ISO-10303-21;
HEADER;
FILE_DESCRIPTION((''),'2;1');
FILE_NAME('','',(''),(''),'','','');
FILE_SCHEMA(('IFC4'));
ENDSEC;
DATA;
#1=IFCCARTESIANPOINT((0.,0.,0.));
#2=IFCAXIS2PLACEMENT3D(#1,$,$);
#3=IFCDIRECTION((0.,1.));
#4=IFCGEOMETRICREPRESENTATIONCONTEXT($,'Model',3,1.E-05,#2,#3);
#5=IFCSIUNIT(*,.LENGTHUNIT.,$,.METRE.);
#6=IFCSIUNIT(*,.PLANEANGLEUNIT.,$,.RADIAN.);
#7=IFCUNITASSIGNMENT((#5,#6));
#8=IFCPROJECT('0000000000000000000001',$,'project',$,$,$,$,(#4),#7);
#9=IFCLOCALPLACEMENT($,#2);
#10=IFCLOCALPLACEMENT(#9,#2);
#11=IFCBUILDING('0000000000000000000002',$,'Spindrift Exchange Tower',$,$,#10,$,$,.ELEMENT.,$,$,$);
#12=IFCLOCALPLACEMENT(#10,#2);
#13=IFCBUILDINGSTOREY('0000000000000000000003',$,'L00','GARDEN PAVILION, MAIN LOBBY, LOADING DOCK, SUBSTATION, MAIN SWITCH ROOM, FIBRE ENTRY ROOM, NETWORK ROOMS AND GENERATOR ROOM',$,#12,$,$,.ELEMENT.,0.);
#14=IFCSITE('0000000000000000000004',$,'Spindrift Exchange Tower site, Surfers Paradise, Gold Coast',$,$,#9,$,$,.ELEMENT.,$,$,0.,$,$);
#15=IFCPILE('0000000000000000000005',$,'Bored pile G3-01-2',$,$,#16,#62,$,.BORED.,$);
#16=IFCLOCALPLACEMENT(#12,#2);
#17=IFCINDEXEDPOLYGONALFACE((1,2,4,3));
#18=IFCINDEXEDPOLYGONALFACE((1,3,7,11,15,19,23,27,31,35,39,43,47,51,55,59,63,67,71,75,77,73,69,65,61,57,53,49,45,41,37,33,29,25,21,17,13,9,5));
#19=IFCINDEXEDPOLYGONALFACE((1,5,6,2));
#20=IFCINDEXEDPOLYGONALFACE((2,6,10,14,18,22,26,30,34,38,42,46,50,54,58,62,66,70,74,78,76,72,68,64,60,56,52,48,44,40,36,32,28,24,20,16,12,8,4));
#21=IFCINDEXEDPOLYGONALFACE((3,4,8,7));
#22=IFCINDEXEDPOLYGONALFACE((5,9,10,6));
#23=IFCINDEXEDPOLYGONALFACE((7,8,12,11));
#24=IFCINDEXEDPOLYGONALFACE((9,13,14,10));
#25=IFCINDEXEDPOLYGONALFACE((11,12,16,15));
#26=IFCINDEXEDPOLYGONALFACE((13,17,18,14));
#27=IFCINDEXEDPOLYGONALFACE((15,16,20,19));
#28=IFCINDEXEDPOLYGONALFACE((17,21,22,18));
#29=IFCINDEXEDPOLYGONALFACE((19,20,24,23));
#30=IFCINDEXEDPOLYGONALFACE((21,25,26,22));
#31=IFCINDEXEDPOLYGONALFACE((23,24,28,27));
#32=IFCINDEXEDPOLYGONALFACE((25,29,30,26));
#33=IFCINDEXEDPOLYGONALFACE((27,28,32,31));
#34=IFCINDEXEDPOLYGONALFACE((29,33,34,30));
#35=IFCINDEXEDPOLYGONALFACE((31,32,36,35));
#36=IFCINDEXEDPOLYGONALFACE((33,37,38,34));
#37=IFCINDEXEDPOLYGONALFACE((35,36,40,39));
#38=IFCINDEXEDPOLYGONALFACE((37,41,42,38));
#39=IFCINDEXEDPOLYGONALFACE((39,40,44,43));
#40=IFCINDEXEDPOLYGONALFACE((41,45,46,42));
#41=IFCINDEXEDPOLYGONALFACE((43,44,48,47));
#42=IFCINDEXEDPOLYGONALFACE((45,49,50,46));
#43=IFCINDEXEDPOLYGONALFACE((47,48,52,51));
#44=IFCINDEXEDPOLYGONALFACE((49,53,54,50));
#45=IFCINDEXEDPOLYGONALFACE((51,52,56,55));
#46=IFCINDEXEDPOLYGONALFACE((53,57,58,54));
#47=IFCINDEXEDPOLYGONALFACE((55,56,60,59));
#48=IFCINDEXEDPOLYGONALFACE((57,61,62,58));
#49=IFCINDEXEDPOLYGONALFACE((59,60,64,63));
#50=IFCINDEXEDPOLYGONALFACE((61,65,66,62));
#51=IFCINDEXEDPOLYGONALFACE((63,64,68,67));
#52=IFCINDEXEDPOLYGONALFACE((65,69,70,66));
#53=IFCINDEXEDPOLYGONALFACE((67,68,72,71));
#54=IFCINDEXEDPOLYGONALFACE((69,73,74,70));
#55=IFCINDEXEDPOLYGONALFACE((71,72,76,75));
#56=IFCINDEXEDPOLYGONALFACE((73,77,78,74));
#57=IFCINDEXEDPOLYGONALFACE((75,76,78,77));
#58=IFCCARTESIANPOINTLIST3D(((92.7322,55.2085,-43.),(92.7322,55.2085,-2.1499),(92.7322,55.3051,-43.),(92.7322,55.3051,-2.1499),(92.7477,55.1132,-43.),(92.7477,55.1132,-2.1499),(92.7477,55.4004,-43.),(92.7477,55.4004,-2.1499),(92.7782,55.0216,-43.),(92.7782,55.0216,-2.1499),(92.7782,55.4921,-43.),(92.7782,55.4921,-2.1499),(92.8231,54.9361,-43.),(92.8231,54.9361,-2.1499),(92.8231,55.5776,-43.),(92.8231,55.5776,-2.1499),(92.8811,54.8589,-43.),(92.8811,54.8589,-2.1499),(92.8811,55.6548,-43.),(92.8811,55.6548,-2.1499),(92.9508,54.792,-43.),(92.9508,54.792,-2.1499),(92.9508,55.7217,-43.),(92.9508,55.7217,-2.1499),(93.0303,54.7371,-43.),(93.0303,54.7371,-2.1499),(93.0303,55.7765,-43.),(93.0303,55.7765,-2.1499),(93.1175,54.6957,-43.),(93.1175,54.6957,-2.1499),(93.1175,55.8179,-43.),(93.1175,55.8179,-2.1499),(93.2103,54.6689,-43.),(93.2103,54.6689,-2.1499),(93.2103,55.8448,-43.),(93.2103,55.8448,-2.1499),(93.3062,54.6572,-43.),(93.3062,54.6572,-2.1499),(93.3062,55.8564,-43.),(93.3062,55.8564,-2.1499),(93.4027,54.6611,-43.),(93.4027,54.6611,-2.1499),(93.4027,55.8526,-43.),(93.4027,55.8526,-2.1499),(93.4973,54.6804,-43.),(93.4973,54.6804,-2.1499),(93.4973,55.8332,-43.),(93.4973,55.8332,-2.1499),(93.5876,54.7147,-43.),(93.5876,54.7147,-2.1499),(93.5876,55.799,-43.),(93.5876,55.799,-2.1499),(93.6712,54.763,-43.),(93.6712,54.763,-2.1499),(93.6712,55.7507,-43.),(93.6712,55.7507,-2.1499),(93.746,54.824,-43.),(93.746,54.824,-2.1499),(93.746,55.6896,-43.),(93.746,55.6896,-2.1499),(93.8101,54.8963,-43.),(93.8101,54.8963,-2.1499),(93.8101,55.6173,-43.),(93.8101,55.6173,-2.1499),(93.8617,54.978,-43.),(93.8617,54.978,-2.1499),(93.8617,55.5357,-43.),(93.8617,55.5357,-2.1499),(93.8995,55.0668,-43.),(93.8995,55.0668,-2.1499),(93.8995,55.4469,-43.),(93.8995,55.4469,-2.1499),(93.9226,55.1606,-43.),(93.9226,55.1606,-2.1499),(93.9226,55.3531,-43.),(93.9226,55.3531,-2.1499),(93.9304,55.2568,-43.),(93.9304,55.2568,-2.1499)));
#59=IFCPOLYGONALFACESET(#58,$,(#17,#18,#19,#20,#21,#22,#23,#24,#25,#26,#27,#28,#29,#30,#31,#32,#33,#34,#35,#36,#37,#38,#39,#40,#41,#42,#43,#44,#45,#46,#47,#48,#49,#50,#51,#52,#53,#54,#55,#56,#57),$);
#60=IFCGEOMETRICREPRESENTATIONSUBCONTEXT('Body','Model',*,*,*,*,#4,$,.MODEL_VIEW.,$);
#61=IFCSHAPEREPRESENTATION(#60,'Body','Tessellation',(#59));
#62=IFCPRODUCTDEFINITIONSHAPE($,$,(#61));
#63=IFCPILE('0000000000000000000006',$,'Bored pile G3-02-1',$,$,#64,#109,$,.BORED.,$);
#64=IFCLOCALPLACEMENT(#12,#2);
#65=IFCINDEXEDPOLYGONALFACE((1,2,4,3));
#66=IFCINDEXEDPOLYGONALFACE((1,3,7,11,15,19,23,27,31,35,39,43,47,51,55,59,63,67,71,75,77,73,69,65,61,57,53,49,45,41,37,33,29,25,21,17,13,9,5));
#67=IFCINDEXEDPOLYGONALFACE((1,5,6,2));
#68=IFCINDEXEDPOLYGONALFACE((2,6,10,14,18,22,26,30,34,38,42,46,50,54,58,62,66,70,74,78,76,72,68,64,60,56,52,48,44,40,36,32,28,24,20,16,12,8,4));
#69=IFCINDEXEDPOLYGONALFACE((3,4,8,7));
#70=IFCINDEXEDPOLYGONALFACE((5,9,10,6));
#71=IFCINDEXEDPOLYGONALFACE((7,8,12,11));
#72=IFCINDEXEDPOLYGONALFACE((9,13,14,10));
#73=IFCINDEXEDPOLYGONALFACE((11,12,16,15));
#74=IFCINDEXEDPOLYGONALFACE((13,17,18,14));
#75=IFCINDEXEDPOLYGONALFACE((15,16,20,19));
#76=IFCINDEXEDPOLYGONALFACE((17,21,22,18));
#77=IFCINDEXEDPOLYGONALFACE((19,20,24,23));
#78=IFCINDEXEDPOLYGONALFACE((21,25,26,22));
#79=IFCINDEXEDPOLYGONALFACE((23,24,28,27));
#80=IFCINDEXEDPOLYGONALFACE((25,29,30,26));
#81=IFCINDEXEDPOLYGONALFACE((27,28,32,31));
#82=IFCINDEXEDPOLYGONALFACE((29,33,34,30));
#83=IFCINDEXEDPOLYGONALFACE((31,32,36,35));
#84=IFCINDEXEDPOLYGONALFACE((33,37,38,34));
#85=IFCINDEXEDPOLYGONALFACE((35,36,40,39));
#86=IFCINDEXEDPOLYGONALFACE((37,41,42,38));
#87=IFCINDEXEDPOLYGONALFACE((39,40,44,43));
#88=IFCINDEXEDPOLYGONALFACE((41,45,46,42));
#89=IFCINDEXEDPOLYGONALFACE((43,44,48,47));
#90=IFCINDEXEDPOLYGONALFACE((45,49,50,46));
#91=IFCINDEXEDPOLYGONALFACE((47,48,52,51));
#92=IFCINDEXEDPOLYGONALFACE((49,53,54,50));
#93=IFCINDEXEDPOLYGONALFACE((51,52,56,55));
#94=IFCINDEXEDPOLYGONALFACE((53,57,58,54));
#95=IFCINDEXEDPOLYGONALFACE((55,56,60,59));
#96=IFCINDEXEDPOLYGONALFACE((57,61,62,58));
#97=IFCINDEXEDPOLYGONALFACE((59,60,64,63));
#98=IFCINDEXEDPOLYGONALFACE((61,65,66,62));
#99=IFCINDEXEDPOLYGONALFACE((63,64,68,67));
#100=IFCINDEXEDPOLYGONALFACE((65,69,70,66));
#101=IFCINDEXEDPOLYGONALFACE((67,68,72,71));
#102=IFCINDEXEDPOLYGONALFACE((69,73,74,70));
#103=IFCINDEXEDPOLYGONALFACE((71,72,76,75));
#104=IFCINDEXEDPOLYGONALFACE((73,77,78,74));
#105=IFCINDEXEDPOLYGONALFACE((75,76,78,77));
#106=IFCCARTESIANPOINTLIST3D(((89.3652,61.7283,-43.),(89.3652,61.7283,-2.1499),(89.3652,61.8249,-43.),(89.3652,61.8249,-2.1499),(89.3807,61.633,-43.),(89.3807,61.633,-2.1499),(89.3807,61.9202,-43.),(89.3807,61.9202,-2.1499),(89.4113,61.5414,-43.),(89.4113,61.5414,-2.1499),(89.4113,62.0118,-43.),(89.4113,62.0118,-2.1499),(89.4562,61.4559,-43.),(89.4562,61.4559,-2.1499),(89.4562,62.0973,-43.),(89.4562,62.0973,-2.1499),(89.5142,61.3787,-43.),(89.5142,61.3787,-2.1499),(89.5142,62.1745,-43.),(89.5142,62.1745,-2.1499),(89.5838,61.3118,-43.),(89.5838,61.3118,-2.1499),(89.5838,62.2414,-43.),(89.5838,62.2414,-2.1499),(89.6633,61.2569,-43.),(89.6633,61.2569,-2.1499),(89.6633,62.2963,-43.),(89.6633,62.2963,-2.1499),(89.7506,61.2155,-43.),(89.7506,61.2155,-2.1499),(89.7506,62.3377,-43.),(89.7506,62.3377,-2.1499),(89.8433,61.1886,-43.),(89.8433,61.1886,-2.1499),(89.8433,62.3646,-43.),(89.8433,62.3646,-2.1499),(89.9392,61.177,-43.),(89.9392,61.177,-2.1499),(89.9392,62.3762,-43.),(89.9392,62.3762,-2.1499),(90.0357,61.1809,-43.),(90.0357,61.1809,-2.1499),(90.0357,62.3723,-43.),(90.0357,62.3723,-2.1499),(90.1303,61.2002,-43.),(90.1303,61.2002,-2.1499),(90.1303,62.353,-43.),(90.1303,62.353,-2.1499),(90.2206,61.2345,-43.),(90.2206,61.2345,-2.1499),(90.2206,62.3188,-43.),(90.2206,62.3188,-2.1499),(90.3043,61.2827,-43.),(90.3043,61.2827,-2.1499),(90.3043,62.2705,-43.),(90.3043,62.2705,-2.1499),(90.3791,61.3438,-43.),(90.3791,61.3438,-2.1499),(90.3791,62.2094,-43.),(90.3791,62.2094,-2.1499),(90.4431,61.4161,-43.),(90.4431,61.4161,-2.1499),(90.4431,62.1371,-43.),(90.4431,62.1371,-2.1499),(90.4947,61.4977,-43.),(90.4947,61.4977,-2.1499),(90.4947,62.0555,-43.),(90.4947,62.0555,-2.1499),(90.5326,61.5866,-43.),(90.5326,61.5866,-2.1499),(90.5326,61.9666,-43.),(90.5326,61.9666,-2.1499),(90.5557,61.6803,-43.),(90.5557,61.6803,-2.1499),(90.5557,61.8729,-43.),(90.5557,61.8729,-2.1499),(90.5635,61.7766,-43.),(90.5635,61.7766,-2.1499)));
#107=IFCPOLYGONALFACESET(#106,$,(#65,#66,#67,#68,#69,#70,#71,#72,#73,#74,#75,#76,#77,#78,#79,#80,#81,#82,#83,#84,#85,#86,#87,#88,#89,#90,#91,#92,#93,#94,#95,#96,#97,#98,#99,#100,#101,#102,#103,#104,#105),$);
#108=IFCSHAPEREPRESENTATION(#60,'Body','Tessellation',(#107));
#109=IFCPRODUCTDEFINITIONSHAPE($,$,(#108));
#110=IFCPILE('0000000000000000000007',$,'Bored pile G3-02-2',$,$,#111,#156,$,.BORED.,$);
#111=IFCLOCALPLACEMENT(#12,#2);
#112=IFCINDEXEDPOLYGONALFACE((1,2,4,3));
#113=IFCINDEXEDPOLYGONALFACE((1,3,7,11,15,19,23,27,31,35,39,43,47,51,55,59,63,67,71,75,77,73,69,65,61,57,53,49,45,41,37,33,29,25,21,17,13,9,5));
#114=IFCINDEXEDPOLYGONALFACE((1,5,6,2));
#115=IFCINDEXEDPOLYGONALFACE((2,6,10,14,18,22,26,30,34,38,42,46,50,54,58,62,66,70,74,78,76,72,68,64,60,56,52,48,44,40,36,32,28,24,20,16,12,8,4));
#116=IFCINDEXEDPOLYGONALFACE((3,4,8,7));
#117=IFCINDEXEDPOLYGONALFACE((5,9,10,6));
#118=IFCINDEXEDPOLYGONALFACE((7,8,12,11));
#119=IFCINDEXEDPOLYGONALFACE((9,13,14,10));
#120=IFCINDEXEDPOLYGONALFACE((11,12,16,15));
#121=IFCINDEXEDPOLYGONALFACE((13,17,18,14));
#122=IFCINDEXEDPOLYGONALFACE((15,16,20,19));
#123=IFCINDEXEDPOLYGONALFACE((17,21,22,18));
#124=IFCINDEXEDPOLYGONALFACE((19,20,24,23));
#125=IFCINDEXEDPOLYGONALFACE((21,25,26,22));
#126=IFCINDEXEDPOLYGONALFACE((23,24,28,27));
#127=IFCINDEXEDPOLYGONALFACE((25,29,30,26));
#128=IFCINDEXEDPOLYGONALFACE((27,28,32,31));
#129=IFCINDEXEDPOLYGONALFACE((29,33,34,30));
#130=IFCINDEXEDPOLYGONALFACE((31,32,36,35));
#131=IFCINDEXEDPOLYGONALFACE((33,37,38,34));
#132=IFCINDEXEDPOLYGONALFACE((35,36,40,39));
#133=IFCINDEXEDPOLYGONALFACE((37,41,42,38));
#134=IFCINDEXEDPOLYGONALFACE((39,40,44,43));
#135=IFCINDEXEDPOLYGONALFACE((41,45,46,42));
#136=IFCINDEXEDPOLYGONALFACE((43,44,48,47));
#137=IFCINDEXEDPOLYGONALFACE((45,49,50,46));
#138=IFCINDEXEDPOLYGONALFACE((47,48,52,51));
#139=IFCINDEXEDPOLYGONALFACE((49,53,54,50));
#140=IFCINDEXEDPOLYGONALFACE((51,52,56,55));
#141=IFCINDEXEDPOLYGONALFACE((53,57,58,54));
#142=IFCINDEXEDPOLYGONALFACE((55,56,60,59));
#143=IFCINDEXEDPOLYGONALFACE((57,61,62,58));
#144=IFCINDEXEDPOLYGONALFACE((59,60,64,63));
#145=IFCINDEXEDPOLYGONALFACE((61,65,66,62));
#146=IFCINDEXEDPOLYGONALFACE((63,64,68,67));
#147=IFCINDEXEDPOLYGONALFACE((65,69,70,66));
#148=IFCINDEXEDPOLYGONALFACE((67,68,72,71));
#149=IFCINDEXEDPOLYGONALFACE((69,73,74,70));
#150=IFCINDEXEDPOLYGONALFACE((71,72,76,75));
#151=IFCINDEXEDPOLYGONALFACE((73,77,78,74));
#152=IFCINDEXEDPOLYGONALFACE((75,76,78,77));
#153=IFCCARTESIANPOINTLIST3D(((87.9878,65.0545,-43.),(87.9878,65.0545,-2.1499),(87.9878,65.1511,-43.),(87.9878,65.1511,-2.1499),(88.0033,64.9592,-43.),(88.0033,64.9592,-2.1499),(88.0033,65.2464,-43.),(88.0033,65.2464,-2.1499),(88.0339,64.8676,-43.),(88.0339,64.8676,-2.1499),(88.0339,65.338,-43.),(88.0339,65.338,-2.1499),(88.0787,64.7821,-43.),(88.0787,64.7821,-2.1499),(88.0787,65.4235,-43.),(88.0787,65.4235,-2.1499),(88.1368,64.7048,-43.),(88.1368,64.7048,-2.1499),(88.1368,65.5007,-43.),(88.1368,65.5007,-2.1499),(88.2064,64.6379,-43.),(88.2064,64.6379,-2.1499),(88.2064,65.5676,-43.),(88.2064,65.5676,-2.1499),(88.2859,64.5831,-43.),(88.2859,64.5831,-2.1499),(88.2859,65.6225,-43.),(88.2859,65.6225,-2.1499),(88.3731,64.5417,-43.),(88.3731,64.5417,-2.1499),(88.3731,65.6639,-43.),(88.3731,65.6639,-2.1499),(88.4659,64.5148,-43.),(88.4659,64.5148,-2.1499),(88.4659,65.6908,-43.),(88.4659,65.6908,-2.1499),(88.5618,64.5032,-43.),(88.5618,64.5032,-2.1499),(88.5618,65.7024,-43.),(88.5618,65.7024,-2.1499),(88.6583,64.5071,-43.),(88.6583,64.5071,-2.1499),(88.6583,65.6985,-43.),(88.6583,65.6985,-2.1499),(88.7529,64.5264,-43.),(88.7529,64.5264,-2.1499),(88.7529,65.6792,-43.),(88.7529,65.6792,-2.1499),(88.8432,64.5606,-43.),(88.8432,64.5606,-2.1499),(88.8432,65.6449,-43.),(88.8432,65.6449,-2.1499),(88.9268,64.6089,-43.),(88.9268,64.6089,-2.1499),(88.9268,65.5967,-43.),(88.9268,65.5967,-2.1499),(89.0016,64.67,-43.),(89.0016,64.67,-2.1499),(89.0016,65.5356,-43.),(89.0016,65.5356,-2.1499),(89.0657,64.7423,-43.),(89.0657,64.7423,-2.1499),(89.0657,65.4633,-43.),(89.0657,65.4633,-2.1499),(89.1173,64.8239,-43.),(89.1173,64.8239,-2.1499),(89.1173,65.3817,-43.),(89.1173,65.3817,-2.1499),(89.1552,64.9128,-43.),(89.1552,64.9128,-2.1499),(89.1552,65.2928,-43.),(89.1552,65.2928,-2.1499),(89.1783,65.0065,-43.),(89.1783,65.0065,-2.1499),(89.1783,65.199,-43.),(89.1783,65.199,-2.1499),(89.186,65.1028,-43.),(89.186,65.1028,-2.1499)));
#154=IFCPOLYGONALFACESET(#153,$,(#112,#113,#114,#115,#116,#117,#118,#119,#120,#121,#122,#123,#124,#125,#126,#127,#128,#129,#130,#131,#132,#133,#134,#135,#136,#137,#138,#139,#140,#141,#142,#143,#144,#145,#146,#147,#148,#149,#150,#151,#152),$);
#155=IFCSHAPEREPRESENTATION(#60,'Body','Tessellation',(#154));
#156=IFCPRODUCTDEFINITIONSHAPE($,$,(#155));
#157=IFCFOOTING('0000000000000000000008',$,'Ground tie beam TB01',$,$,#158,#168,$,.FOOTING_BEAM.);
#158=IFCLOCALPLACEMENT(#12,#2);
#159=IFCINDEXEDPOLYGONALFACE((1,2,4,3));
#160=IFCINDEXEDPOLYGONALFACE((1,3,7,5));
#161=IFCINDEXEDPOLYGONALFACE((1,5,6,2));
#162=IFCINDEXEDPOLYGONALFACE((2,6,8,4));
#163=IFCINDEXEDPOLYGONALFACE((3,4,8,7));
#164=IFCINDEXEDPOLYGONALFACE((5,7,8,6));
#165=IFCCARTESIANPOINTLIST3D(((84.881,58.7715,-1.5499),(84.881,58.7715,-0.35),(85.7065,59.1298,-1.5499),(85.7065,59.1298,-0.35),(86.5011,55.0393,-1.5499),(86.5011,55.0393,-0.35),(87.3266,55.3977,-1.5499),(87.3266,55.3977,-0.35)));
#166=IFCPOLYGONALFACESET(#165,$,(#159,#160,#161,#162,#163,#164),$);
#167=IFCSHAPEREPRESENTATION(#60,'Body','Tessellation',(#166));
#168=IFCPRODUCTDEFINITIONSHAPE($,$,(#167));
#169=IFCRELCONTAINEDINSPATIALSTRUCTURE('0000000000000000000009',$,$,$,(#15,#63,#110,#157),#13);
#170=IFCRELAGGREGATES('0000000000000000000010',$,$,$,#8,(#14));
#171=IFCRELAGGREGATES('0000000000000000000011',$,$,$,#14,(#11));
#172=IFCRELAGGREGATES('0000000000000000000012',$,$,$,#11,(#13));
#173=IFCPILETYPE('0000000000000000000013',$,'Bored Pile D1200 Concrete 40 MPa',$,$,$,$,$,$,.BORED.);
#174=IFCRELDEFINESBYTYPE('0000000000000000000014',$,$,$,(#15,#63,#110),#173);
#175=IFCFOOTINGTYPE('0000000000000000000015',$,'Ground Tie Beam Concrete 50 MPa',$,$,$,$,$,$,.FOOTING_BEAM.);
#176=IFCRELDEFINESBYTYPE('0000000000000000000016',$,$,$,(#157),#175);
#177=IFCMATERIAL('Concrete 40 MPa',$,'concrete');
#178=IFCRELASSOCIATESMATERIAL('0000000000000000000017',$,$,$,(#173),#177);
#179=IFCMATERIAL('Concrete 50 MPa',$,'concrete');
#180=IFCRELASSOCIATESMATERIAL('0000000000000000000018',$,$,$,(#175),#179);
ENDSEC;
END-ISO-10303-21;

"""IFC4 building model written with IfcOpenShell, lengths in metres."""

from ifc_helpers import new_model, si_unit, direction, frame, origin, origin_2d, place, context, subcontext, project, spatial, rectangle, circle, extrude, source, transform, mapped, material, material_profile, profile_set, type_object, element, save


model = new_model("IFC4")

# Units and contexts
model_context = context("Model", 3, precision=1e-05, world=origin(), true_north=direction((0.0, 1.0)))
body_context = subcontext(model_context, "Body", "Model", "MODEL_VIEW")
ifc_project = project(units=[si_unit("LENGTHUNIT", "METRE"), si_unit("PLANEANGLEUNIT", "RADIAN")], contexts=[model_context])

# Site, building, storey
site_placement = place(None, origin())
site = spatial("IfcSite", under=ifc_project, at=site_placement, Name="Spindrift Exchange Tower site, Surfers Paradise, Gold Coast", CompositionType="ELEMENT", RefElevation=0.0)
building_placement = place(site_placement, origin())
building = spatial("IfcBuilding", under=site, at=building_placement, Name="Spindrift Exchange Tower", CompositionType="ELEMENT")
storey_placement = place(building_placement, origin())
storey = spatial("IfcBuildingStorey", under=building, at=storey_placement, Name="L00", Description="GARDEN PAVILION, MAIN LOBBY, LOADING DOCK, SUBSTATION, MAIN SWITCH ROOM, FIBRE ENTRY ROOM, NETWORK ROOMS AND GENERATOR ROOM", CompositionType="ELEMENT", Elevation=0.0)

# Piles
ifc_material_1 = material(Name="Concrete 40 MPa", Category="concrete")
ifc_material_profile_1 = material_profile(ifc_material_1, circle(Radius=0.6001, at=origin_2d()), Name="BP D1200")
ifc_profile_set_1 = profile_set([ifc_material_profile_1], Name="Concrete 40 MPa")
pile_type = type_object("IfcPileType", Name="Bored Pile D1200 Concrete 40 MPa", PredefinedType="BORED", material=ifc_profile_set_1)
shared_shape_1 = source(origin(), body_context, "Body", "SweptSolid", [
    extrude(circle(Radius=0.6001, at=origin_2d()), origin(), (0.0, 0.0, 1.0), 40.8501),
])
for number, where, z_axis, x_axis, name in (
    (1, (93.3303, 55.2568, -2.1499), (0.0, 0.0, -1.0), (1.0, 0.0, 0.0), "Bored pile G3-01-2"),
    (2, (89.9634, 61.7766, -2.1499), (0.0, 0.0, -1.0), (1.0, 0.0, 0.0), "Bored pile G3-02-1"),
    (3, (88.5859, 65.1028, -2.1499), (0.0, 0.0, -1.0), (1.0, 0.0, 0.0), "Bored pile G3-02-2"),
):
    element("IfcPile", number, at=place(storey_placement, frame(where, z_axis=z_axis, x_axis=x_axis)), inside=storey, type_object=pile_type, Name=name, PredefinedType="BORED", context=body_context, shape_type="MappedRepresentation", body=[
        mapped(shared_shape_1, transform((0.0, 0.0, 0.0), scale=1.0)),
    ])

# Footing
ifc_material_2 = material(Name="Concrete 50 MPa", Category="concrete")
ifc_material_profile_2 = material_profile(ifc_material_2, rectangle(XDim=0.8999, YDim=1.2, at=origin_2d()), Name="RC 900x1200")
ifc_profile_set_2 = profile_set([ifc_material_profile_2], Name="Concrete 50 MPa")
footing_type = type_object("IfcFootingType", Name="Ground Tie Beam Concrete 50 MPa", PredefinedType="FOOTING_BEAM", material=ifc_profile_set_2)
shared_shape_2 = source(origin(), body_context, "Body", "SweptSolid", [
    extrude(rectangle(XDim=0.8999, YDim=1.2, at=origin_2d()), origin(), (0.0, 0.0, 1.0), 4.0686),
])
footing_placement = place(storey_placement, frame((86.9138, 55.2185, -0.95), z_axis=(-0.398195, 0.917301, 0.0), x_axis=(-0.917301, -0.398195, 0.0)))
element("IfcFooting", 4, at=footing_placement, inside=storey, type_object=footing_type, Name="Ground tie beam TB01", PredefinedType="FOOTING_BEAM", context=body_context, shape_type="MappedRepresentation", body=[
    mapped(shared_shape_2, transform((0.0, 0.0, 0.0), scale=1.0)),
])

save(model, "model.ifc")
